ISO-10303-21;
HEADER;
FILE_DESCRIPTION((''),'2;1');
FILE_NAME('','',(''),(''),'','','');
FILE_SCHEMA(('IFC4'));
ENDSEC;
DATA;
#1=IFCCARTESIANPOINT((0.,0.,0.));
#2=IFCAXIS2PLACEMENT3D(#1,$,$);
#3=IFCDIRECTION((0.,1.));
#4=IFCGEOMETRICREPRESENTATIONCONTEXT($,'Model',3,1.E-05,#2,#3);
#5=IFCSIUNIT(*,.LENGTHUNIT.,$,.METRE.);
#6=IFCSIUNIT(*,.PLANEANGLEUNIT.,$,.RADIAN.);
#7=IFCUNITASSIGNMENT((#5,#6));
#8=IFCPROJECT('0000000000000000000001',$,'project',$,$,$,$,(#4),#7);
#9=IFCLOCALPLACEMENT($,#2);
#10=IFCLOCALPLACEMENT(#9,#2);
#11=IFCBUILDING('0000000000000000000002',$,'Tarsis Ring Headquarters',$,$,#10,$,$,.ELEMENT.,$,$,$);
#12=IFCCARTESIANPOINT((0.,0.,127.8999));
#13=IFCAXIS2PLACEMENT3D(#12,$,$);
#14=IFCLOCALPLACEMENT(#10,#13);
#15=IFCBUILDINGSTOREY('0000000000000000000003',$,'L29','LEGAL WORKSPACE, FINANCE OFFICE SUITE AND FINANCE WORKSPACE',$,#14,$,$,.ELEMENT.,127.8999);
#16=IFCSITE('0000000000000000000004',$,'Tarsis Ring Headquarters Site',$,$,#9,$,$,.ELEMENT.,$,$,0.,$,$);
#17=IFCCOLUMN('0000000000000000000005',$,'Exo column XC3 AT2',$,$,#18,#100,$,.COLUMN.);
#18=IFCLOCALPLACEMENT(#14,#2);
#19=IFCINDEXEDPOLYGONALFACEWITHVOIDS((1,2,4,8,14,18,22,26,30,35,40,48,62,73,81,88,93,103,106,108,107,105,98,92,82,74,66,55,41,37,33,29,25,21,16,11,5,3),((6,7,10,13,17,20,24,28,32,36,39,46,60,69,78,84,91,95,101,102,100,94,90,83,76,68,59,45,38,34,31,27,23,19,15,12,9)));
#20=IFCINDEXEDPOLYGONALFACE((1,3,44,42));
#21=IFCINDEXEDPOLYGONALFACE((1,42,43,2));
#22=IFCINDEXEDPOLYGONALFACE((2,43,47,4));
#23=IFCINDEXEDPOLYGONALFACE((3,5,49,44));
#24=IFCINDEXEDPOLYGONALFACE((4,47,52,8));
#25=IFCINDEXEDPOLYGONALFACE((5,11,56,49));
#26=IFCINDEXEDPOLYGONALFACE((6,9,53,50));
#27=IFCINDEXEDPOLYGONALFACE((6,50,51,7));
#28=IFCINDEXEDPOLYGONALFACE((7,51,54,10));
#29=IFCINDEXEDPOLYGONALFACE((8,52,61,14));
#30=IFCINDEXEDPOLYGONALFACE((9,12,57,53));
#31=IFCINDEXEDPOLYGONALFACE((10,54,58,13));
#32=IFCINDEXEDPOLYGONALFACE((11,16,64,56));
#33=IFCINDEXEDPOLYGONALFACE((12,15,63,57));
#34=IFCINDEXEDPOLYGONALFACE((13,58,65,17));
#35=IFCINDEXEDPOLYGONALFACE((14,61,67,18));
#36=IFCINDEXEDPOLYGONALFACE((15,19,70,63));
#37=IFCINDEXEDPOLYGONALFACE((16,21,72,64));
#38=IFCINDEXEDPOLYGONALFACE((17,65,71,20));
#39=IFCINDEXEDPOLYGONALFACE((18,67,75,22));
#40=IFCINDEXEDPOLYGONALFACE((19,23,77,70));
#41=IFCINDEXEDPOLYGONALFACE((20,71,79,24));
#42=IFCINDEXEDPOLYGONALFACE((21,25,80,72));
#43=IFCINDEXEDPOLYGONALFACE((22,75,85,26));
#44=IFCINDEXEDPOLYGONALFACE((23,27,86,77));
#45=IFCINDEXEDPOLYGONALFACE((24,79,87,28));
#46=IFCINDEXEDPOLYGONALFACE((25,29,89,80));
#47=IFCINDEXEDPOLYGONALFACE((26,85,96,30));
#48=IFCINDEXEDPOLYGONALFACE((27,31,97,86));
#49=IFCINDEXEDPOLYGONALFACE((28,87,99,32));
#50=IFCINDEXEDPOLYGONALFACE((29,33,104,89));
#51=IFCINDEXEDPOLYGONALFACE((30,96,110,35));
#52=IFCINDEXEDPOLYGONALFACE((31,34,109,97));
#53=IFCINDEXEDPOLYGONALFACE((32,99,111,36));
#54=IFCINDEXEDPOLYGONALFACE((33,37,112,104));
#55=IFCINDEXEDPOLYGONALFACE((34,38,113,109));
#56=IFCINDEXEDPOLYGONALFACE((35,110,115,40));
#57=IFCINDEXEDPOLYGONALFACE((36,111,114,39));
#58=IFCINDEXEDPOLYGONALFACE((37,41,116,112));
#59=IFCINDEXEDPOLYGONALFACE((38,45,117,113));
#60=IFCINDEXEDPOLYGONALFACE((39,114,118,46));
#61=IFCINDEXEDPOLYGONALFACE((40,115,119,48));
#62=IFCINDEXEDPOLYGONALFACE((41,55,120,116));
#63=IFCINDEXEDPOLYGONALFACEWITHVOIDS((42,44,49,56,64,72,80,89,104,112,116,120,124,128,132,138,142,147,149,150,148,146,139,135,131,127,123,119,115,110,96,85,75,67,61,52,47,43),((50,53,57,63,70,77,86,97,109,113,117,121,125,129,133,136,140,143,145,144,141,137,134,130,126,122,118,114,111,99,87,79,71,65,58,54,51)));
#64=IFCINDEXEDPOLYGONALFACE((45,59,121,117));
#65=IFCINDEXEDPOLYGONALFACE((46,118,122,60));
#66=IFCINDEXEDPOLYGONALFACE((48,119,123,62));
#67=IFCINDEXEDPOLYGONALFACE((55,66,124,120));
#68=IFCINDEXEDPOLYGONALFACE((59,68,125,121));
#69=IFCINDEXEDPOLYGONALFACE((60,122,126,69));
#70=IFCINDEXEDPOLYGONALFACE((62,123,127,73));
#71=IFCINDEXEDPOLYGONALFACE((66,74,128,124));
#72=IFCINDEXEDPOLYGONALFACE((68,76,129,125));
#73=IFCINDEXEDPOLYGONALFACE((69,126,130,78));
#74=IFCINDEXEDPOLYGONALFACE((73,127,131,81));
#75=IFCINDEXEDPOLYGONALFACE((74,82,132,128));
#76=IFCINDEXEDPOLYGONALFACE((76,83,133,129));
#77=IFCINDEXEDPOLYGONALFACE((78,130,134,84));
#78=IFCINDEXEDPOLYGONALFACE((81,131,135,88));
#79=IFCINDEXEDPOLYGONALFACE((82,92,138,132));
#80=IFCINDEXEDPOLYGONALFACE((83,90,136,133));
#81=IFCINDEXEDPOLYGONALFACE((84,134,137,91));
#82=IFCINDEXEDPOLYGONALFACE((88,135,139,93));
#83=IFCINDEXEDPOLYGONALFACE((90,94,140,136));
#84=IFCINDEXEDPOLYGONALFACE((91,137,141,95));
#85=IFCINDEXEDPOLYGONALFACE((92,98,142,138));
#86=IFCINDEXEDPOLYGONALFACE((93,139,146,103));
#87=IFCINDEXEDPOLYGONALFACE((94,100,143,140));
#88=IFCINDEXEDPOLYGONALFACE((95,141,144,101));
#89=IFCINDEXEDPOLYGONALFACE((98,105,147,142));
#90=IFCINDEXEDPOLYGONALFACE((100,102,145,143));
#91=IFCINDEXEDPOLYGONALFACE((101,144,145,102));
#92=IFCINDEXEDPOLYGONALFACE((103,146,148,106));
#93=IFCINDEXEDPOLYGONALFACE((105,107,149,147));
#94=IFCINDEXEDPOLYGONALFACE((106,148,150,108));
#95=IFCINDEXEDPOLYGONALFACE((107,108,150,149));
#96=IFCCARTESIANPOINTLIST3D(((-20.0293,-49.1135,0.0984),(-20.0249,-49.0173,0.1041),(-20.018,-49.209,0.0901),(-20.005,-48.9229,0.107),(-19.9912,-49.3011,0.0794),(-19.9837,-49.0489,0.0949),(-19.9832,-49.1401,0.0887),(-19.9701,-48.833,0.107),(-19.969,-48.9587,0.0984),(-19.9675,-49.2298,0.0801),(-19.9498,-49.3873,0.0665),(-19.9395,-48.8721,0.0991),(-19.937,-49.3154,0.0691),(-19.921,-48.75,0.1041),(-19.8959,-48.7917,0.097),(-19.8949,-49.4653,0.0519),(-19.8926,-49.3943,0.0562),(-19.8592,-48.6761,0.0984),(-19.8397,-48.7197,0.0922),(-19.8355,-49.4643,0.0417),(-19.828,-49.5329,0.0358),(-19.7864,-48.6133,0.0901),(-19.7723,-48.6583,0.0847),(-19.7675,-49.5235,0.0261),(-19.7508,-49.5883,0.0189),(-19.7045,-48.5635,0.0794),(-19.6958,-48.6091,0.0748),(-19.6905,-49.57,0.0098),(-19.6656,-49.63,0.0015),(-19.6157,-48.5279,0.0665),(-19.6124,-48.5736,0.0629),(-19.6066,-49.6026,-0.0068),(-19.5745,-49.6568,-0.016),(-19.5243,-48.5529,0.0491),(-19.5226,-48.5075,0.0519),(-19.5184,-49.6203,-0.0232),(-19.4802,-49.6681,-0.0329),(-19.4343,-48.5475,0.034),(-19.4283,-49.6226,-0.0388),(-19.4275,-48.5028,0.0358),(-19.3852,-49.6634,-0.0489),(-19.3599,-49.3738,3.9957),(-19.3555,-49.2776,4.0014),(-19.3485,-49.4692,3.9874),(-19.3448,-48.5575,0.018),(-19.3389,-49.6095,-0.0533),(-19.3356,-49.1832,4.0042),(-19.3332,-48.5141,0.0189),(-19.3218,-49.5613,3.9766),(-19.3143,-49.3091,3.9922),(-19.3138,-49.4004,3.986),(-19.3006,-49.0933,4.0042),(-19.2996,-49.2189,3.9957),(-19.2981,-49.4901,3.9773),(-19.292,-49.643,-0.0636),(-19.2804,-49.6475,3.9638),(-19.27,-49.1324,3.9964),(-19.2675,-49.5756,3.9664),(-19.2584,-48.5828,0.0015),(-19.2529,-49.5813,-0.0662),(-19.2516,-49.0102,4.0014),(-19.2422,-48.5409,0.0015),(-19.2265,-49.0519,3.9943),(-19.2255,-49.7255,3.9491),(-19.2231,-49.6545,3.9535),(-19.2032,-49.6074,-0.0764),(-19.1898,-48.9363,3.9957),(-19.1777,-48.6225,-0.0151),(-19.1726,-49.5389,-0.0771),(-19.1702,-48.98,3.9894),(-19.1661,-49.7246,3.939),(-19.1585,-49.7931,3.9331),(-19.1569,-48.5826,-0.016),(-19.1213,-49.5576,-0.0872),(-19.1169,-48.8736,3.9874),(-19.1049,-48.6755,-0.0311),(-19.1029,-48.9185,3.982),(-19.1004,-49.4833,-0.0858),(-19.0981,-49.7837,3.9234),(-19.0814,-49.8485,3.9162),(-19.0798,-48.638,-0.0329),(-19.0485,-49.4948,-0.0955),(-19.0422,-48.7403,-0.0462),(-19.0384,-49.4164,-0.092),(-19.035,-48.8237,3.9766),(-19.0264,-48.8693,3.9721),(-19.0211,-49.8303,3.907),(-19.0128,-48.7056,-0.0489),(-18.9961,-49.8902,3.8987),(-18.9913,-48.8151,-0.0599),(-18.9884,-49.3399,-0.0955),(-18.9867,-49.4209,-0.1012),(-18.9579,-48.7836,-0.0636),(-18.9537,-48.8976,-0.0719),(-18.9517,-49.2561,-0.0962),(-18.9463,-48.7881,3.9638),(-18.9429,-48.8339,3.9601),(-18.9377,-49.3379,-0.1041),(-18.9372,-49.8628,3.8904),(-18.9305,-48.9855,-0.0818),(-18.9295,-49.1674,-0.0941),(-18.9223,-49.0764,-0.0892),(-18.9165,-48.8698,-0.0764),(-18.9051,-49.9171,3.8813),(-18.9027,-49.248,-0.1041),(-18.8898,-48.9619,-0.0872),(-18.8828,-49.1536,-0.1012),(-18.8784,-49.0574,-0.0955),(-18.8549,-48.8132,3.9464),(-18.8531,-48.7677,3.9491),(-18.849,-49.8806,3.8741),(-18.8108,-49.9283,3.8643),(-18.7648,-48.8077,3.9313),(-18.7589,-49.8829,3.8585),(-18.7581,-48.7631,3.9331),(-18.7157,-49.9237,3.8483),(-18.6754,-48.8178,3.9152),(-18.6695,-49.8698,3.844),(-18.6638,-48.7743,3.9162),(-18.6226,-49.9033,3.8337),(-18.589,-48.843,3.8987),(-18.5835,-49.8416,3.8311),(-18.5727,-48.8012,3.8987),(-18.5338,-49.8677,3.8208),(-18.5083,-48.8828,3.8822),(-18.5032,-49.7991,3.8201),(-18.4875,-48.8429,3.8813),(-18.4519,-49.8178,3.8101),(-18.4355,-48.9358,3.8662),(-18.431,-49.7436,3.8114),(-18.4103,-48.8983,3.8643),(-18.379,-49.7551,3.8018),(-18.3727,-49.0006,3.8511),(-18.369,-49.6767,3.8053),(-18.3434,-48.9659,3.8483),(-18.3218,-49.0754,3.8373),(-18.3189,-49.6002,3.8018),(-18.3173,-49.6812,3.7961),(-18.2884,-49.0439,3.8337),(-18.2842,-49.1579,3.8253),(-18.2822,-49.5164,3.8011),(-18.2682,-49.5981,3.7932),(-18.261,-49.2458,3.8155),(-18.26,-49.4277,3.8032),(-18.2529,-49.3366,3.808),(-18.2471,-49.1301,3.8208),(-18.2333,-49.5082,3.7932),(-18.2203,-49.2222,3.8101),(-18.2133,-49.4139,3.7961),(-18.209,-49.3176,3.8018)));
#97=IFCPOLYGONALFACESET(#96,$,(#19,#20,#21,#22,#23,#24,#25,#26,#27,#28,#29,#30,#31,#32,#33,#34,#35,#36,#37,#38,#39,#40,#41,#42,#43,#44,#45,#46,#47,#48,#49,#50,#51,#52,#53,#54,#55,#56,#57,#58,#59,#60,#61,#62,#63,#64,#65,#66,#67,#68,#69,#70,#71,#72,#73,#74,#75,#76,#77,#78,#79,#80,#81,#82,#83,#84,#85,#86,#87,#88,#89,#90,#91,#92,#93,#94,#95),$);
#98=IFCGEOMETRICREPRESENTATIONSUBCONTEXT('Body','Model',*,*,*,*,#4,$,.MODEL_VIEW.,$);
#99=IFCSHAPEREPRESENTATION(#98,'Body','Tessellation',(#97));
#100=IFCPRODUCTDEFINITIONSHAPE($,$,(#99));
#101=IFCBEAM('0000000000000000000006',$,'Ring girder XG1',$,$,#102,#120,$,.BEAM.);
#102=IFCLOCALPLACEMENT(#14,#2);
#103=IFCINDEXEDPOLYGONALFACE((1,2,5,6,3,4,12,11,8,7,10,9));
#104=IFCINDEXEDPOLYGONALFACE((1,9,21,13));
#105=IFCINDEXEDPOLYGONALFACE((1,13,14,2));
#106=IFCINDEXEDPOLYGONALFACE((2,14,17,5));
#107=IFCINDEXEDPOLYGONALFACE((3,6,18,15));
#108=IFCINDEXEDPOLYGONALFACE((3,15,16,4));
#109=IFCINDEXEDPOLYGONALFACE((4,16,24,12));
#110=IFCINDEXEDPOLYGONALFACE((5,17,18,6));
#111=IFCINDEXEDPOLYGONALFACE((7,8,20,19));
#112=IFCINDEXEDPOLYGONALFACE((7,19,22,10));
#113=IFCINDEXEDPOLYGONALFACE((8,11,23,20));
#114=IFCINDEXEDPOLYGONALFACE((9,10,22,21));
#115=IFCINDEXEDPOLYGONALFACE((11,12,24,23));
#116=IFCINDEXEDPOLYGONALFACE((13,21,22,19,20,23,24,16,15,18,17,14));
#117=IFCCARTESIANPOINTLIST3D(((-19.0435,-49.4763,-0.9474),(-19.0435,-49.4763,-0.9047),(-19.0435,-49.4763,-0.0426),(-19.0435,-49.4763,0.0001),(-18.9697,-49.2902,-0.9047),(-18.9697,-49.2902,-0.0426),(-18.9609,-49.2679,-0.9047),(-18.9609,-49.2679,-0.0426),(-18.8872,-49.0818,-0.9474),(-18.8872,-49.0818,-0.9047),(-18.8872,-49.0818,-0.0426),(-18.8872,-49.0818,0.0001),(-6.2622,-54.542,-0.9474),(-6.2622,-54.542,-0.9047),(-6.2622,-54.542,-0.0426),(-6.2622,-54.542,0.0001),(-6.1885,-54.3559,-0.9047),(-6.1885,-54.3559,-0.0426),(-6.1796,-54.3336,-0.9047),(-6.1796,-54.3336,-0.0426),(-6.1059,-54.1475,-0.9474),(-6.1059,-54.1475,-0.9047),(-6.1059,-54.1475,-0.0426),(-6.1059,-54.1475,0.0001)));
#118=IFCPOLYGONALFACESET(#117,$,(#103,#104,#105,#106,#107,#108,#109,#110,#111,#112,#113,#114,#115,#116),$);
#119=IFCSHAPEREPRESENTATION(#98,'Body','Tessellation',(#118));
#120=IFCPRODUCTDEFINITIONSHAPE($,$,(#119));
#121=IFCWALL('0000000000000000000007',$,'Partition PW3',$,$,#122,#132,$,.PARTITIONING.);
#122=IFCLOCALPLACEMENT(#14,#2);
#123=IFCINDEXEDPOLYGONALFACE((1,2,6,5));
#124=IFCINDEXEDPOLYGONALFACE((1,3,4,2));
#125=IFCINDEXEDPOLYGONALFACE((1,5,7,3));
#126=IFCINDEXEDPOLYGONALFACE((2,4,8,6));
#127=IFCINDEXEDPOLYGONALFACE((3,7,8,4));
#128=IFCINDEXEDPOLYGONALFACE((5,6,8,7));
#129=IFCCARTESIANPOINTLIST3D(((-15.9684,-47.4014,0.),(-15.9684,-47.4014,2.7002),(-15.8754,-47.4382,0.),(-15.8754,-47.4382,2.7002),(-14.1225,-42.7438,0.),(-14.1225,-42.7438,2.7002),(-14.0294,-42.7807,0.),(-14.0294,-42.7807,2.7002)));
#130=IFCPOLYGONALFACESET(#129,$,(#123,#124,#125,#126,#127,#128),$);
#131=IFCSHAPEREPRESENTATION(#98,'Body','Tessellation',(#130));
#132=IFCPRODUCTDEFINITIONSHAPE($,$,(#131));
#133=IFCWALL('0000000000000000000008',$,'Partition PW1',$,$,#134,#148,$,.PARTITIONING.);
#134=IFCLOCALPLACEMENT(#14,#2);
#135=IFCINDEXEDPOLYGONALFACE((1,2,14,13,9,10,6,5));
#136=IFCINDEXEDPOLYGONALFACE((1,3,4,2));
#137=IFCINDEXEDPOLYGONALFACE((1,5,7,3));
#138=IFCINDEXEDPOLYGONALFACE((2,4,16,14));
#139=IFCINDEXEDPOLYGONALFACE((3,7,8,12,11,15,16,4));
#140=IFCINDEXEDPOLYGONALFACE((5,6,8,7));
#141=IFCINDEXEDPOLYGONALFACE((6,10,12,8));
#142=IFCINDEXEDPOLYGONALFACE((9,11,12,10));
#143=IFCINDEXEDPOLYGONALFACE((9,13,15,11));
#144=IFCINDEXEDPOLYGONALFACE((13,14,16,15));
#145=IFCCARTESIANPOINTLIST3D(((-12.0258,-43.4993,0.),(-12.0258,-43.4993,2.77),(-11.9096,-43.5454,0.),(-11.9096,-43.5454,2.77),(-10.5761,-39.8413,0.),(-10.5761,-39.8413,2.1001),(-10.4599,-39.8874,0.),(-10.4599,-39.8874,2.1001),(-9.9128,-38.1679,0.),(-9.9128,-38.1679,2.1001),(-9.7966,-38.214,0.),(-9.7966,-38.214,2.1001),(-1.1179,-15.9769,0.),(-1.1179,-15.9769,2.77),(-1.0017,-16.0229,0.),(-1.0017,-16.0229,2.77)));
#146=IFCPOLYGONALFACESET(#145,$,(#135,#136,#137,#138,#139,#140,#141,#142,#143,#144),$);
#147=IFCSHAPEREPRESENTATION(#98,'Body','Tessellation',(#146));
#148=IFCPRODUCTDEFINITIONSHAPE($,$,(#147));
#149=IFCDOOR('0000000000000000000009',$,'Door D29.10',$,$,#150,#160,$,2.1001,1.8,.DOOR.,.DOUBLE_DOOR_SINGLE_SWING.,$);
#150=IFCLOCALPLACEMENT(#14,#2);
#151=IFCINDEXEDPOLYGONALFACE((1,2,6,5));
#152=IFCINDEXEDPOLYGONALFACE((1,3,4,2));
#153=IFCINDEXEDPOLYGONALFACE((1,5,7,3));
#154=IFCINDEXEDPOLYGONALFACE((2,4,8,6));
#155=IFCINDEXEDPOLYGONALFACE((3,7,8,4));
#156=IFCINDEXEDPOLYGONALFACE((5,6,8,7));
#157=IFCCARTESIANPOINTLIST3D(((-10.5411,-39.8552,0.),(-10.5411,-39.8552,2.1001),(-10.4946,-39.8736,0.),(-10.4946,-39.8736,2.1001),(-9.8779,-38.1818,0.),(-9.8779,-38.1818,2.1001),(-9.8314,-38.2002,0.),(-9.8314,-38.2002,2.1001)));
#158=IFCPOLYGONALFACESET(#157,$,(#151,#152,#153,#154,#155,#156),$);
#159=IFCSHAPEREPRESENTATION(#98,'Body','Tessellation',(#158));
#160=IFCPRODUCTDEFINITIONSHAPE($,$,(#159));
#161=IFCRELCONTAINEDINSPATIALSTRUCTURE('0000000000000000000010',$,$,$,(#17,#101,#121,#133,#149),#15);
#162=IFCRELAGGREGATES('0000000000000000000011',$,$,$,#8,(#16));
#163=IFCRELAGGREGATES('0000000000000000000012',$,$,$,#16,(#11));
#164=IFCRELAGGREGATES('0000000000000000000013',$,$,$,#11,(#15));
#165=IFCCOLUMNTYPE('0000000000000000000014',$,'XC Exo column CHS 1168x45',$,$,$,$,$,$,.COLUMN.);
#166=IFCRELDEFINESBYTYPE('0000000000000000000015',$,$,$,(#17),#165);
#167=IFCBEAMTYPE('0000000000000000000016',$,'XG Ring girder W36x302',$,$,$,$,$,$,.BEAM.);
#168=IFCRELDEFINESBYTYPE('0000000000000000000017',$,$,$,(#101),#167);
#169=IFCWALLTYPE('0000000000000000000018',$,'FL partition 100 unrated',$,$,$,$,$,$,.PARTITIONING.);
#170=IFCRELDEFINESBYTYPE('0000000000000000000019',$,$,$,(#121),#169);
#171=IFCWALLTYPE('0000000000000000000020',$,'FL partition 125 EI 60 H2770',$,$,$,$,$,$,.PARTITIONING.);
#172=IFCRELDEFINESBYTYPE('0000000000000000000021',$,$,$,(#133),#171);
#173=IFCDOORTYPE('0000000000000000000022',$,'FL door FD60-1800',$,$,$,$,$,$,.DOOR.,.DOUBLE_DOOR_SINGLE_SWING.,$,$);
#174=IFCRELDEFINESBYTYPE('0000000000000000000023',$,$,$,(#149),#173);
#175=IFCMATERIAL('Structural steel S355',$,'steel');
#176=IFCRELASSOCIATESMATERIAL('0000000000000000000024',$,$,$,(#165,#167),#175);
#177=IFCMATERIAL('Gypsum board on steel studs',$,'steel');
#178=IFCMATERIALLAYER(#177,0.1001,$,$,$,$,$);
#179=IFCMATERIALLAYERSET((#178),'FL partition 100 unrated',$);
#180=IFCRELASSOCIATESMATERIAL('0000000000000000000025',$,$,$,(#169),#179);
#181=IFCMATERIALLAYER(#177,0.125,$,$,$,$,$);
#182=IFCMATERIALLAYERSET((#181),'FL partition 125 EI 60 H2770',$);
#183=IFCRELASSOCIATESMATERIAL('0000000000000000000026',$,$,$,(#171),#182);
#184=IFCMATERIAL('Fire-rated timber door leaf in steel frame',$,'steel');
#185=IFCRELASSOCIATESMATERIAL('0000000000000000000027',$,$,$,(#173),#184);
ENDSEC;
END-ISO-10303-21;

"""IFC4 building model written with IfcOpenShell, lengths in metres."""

from ifc_helpers import new_model, si_unit, direction, frame, frame_2d, origin, origin_2d, place, context, subcontext, project, spatial, rectangle, hollow_circle, i_section, extrude, material, layer, layer_set, material_profile, profile_set, type_object, element, fill, save


model = new_model("IFC4")

# Units and contexts
model_context = context("Model", 3, precision=1e-05, world=origin(), true_north=direction((0.0, 1.0)))
body_context = subcontext(model_context, "Body", "Model", "MODEL_VIEW")
ifc_project = project(units=[si_unit("LENGTHUNIT", "METRE"), si_unit("PLANEANGLEUNIT", "RADIAN")], contexts=[model_context])

# Site, building, storey
site_placement = place(None, origin())
site = spatial("IfcSite", under=ifc_project, at=site_placement, Name="Tarsis Ring Headquarters Site", CompositionType="ELEMENT", RefElevation=0.0)
building_placement = place(site_placement, origin())
building = spatial("IfcBuilding", under=site, at=building_placement, Name="Tarsis Ring Headquarters", CompositionType="ELEMENT")
storey_placement = place(building_placement, frame((0.0, 0.0, 127.8999)))
storey = spatial("IfcBuildingStorey", under=building, at=storey_placement, Name="L29", Description="LEGAL WORKSPACE, FINANCE OFFICE SUITE AND FINANCE WORKSPACE", CompositionType="ELEMENT", Elevation=127.8999)

# Column
ifc_material_1 = material(Name="Structural steel S355", Category="steel")
ifc_material_profile_1 = material_profile(ifc_material_1, hollow_circle(Radius=0.5842, WallThickness=0.0449, at=origin_2d()), Name="CHS 1168x45")
ifc_profile_set_1 = profile_set([ifc_material_profile_1], Name="Structural steel S355")
column_type = type_object("IfcColumnType", Name="XC Exo column CHS 1168x45", PredefinedType="COLUMN", material=ifc_profile_set_1)
column_placement = place(storey_placement, frame((-19.4539, -49.0854, 0.0015), z_axis=(0.168927, -0.065673, 0.983438), x_axis=(0.362348, 0.932043, 0.0)))
element("IfcColumn", 1, at=column_placement, inside=storey, type_object=column_type, Name="Exo column XC3 AT2", PredefinedType="COLUMN", context=body_context, shape_type="SweptSolid", body=[
    extrude(hollow_circle(Radius=0.5842, WallThickness=0.0449, at=origin_2d()), origin(), (0.0, 0.0, 1.0), 3.9629),
])

# Beam
ifc_material_profile_2 = material_profile(ifc_material_1, i_section(OverallWidth=0.4243, OverallDepth=0.9475, WebThickness=0.0239, FlangeThickness=0.0427, at=origin_2d()), Name="W36x302")
ifc_profile_set_2 = profile_set([ifc_material_profile_2], Name="Structural steel S355")
beam_type = type_object("IfcBeamType", Name="XG Ring girder W36x302", PredefinedType="BEAM", material=ifc_profile_set_2)
beam_placement = place(storey_placement, frame((-18.9653, -49.2791, -0.4736), z_axis=(0.929647, -0.368453, 0.0), x_axis=(0.368453, 0.929647, 0.0)))
element("IfcBeam", 2, at=beam_placement, inside=storey, type_object=beam_type, Name="Ring girder XG1", PredefinedType="BEAM", context=body_context, shape_type="SweptSolid", body=[
    extrude(i_section(OverallWidth=0.4243, OverallDepth=0.9475, WebThickness=0.0239, FlangeThickness=0.0427, at=origin_2d()), origin(), (0.0, 0.0, 1.0), 13.7485),
])

# Wall
ifc_material_2 = material(Name="Gypsum board on steel studs", Category="steel")
ifc_layer_1 = layer(ifc_material_2, 0.1001)
ifc_layer_set_1 = layer_set([ifc_layer_1], Name="FL partition 100 unrated")
wall_type_1 = type_object("IfcWallType", Name="FL partition 100 unrated", PredefinedType="PARTITIONING", material=ifc_layer_set_1)
wall_1_placement = place(storey_placement, frame((-15.9219, -47.4197, 0.0), z_axis=(0.0, 0.0, 1.0), x_axis=(0.368457, 0.929645, 0.0)))
element("IfcWall", 3, at=wall_1_placement, inside=storey, type_object=wall_type_1, Name="Partition PW3", PredefinedType="PARTITIONING", context=body_context, shape_type="SweptSolid", body=[
    extrude(rectangle(XDim=5.01, YDim=0.1001, at=frame_2d((2.5049, 0.0))), origin(), (0.0, 0.0, 1.0), 2.7002),
])

# Wall, opening, door
ifc_layer_2 = layer(ifc_material_2, 0.125)
ifc_layer_set_2 = layer_set([ifc_layer_2], Name="FL partition 125 EI 60 H2770")
wall_type_2 = type_object("IfcWallType", Name="FL partition 125 EI 60 H2770", PredefinedType="PARTITIONING", material=ifc_layer_set_2)
wall_2_placement = place(storey_placement, frame((-11.9678, -43.5225, 0.0), z_axis=(0.0, 0.0, 1.0), x_axis=(0.368447, 0.929649, 0.0)))
wall_2 = element("IfcWall", 4, at=wall_2_placement, inside=storey, type_object=wall_type_2, Name="Partition PW1", PredefinedType="PARTITIONING", context=body_context, shape_type="SweptSolid", body=[
    extrude(rectangle(XDim=29.6052, YDim=0.125, at=frame_2d((14.8027, 0.0))), origin(), (0.0, 0.0, 1.0), 2.77),
])
opening_1_placement = place(wall_2_placement, frame((3.9351, 0.0, 0.0)))
opening_1 = element("IfcOpeningElement", 5, at=opening_1_placement, cuts=wall_2, PredefinedType="OPENING", context=body_context, shape_type="SweptSolid", body=[
    extrude(rectangle(XDim=1.8, YDim=2.1001, at=frame_2d((0.8999, 1.05))), frame((0.0, 0.0725, 0.0), z_axis=(0.0, -1.0, 0.0), x_axis=(1.0, 0.0, 0.0)), (0.0, 0.0, 1.0), 0.145),
])
ifc_material_3 = material(Name="Fire-rated timber door leaf in steel frame", Category="steel")
door_type_1 = type_object("IfcDoorType", Name="FL door FD60-1800", OperationType="DOUBLE_DOOR_SINGLE_SWING", PredefinedType="DOOR", material=ifc_material_3)
door_1_placement = place(opening_1_placement, origin())
door_1 = element("IfcDoor", 6, at=door_1_placement, inside=storey, type_object=door_type_1, Name="Door D29.10", OperationType="DOUBLE_DOOR_SINGLE_SWING", OverallHeight=2.1001, OverallWidth=1.8, PredefinedType="DOOR", context=body_context, shape_type="SweptSolid", body=[
    extrude(rectangle(XDim=1.8, YDim=2.1001, at=frame_2d((0.8999, 1.05))), frame((0.0, 0.0249, 0.0), z_axis=(0.0, -1.0, 0.0), x_axis=(1.0, 0.0, 0.0)), (0.0, 0.0, 1.0), 0.05),
])
fill(opening_1, door_1)

save(model, "model.ifc")
